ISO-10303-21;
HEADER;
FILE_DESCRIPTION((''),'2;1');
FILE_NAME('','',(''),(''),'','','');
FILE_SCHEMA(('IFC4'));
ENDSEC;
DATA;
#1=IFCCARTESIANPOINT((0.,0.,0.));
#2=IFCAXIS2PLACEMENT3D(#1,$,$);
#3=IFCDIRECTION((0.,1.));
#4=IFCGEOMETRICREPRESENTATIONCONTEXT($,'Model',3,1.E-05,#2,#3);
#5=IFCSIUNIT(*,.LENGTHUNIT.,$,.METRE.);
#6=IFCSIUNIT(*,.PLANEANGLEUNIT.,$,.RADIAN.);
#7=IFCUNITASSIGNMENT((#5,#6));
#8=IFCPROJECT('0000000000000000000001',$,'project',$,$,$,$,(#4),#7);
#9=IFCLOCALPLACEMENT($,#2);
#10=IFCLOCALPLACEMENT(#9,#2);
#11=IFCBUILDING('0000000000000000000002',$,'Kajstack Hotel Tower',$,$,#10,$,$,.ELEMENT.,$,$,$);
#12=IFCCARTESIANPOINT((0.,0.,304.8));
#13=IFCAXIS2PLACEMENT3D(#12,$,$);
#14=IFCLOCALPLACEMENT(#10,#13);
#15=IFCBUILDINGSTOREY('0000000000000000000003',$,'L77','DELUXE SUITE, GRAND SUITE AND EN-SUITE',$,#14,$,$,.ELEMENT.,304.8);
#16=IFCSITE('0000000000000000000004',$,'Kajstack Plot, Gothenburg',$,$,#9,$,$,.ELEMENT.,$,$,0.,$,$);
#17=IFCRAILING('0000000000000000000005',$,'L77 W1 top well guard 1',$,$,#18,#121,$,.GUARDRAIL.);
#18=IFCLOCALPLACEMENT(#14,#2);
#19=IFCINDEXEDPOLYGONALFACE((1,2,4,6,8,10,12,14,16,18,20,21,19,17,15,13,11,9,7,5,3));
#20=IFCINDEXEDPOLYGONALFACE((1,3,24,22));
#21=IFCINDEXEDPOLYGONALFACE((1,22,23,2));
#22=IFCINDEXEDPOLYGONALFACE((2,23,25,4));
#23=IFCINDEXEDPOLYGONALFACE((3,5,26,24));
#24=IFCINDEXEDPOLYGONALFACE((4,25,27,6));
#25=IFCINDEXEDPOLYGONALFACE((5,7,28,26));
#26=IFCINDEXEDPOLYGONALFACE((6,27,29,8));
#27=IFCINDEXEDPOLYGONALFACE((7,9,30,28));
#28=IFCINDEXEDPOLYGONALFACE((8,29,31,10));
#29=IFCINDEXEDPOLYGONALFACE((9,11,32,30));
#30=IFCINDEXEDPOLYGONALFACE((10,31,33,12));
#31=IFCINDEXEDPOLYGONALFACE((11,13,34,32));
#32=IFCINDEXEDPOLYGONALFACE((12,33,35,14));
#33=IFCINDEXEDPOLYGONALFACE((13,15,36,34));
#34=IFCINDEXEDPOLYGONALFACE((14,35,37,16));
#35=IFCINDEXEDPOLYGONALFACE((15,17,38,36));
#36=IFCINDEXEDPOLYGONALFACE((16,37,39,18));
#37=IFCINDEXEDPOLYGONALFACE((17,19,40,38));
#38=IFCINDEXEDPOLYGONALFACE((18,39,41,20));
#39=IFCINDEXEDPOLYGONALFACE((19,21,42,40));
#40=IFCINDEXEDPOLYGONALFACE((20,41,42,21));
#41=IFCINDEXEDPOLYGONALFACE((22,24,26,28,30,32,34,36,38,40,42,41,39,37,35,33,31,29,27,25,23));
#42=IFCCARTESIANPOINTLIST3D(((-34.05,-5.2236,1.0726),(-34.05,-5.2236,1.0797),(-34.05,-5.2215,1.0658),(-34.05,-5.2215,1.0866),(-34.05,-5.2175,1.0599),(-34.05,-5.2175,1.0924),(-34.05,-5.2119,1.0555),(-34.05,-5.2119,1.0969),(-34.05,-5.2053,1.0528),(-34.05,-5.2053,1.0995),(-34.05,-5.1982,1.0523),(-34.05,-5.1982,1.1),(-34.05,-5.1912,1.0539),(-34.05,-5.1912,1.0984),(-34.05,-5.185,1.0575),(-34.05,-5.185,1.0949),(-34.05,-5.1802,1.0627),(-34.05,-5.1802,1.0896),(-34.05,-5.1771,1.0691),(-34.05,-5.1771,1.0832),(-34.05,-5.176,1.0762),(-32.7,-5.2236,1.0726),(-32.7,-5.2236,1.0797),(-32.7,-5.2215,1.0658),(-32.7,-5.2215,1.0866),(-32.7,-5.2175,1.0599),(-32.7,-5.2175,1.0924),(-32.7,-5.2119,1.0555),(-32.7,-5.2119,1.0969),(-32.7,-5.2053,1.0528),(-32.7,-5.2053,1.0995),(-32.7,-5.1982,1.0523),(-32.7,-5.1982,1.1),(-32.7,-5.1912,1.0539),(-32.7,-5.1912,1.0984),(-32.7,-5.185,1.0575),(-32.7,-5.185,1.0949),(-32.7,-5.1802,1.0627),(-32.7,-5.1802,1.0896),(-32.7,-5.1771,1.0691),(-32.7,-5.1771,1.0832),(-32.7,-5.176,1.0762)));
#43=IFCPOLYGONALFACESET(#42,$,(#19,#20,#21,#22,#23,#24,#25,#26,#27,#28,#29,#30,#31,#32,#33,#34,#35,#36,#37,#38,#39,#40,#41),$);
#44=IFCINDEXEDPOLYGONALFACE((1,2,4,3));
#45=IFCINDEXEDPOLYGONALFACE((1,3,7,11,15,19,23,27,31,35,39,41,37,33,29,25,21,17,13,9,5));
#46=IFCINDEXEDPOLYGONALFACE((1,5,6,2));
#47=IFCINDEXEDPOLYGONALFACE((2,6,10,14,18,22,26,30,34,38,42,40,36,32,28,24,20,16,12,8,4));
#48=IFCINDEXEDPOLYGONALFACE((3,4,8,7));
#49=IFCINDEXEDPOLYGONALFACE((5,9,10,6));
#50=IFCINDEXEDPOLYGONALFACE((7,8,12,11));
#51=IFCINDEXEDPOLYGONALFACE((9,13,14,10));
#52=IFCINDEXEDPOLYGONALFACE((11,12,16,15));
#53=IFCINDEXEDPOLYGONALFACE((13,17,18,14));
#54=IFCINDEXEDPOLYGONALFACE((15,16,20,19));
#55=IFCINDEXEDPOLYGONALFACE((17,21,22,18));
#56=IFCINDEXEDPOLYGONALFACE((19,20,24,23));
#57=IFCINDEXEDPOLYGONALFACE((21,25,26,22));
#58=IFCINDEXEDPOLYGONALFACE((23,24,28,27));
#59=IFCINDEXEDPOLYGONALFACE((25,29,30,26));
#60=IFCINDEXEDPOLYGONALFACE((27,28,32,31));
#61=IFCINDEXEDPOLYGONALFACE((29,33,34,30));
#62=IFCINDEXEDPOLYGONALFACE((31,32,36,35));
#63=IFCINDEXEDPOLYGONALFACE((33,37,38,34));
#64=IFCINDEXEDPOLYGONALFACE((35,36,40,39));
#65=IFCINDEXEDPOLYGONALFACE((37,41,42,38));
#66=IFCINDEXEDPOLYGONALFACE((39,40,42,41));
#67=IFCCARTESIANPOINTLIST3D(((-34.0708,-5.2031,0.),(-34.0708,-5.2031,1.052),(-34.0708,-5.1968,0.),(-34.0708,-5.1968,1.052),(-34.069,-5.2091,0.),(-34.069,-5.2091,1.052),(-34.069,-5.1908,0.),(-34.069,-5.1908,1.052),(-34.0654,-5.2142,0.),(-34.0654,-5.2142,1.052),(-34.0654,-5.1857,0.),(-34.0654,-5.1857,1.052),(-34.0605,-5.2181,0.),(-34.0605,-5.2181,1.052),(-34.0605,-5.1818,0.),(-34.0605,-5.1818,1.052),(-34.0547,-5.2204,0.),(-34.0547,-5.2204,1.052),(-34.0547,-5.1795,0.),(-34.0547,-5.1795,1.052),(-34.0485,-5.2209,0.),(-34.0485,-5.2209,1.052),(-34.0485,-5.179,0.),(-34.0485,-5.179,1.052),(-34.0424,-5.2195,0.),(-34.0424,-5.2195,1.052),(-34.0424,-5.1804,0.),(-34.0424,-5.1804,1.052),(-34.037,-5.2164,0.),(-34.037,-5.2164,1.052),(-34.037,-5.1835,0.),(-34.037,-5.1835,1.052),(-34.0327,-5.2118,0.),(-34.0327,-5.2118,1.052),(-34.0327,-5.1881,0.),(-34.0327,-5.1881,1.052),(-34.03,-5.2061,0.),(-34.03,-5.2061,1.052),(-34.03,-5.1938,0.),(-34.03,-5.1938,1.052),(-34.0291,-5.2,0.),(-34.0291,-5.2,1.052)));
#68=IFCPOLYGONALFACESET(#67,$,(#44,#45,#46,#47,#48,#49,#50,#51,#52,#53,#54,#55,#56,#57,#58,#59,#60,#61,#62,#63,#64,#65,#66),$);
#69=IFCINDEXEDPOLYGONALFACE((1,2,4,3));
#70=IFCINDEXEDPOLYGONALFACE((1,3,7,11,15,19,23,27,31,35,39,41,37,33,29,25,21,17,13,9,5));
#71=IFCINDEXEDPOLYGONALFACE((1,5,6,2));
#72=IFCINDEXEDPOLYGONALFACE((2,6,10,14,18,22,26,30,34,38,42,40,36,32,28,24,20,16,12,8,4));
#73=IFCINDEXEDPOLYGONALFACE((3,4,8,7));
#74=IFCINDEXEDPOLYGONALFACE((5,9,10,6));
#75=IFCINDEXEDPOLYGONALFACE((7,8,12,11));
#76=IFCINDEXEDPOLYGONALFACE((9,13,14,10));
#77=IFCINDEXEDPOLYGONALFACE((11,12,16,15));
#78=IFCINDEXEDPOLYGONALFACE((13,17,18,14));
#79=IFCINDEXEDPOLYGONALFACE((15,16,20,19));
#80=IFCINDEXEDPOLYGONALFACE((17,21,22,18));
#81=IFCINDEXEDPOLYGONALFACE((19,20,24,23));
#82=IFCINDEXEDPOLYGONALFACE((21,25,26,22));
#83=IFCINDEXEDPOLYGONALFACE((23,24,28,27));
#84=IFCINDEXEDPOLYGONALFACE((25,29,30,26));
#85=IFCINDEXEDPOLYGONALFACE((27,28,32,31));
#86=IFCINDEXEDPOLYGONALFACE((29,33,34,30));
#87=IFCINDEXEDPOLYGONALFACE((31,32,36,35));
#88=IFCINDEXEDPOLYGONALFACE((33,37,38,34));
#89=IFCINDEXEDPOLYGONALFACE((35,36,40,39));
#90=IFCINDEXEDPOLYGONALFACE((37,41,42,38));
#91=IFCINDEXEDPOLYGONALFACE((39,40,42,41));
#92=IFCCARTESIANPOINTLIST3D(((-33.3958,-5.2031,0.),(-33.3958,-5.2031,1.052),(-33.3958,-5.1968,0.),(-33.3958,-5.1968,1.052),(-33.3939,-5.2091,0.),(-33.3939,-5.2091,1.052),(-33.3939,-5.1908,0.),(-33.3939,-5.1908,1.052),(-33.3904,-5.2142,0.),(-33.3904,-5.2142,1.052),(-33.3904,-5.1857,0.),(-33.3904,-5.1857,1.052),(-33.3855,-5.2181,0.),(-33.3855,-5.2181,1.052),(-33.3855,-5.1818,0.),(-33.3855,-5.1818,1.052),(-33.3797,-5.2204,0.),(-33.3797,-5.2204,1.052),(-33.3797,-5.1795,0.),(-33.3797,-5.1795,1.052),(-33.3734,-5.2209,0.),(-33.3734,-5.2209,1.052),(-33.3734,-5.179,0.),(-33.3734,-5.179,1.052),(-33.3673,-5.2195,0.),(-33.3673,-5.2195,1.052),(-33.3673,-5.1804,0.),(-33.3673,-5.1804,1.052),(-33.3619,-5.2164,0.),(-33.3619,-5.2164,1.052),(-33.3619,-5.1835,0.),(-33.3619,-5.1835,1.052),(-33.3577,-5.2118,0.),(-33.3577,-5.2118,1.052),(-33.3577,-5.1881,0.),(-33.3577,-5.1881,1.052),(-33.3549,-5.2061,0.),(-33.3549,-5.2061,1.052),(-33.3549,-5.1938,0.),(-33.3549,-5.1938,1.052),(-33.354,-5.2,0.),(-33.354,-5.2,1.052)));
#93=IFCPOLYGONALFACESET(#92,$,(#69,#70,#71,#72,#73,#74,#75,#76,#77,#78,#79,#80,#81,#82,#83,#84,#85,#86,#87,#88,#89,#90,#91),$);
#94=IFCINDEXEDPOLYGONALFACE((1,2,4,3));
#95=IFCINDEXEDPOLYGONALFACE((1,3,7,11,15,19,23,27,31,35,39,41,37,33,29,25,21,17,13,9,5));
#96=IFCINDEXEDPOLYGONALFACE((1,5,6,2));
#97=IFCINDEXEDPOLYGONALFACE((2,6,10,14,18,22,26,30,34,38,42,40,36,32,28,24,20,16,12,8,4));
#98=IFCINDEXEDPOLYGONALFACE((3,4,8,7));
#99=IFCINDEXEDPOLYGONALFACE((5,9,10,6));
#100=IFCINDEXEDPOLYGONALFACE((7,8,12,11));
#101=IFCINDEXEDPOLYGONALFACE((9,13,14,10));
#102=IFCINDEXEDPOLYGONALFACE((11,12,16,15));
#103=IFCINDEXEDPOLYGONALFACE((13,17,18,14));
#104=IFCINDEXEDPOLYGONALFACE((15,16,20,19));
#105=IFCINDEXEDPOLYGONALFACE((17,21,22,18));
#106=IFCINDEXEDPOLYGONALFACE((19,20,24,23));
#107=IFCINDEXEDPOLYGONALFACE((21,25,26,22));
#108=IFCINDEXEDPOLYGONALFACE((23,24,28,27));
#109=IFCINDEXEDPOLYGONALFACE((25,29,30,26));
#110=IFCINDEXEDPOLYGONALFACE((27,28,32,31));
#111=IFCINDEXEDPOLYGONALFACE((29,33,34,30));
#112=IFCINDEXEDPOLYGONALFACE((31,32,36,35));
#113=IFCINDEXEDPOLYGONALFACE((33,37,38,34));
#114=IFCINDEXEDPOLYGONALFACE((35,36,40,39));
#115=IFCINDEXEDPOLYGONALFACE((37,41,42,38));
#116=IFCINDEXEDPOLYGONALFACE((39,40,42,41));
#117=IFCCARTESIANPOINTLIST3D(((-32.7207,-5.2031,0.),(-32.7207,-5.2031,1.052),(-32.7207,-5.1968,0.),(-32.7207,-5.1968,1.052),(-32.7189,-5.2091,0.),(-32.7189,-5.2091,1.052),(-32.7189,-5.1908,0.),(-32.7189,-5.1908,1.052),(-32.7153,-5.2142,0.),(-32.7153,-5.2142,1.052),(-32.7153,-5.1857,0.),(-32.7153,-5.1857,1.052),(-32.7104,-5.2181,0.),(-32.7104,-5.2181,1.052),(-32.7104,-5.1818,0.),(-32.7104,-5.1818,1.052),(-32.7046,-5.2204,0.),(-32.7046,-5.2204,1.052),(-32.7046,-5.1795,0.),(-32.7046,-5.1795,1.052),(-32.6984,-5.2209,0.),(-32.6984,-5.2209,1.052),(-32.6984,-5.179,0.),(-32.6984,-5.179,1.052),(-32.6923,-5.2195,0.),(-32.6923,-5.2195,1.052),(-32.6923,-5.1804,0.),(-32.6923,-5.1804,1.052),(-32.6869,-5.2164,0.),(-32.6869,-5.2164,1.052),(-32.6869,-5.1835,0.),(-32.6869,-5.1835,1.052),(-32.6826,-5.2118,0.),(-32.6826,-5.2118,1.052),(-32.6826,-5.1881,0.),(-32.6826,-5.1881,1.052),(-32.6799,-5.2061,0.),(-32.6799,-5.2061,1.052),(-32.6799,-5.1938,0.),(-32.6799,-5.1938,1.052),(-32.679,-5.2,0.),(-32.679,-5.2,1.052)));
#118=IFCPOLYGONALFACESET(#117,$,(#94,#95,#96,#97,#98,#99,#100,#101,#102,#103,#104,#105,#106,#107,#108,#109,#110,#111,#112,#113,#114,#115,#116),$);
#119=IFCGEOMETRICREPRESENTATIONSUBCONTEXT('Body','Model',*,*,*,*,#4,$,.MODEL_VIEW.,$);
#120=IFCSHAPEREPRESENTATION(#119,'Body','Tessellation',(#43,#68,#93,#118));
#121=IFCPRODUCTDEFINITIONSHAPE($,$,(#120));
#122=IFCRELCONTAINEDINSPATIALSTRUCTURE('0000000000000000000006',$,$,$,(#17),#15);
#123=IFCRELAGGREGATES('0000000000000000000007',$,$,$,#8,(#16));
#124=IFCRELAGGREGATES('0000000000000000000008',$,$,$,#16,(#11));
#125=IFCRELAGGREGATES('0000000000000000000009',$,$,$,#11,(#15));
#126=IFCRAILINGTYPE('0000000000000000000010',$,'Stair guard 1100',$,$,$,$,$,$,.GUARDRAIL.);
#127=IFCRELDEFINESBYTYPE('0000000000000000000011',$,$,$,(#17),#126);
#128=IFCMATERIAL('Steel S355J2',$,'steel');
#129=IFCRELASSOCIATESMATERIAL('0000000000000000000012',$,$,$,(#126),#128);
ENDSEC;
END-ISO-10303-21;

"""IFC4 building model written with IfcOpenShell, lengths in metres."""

from ifc_helpers import new_model, si_unit, direction, frame, origin, origin_2d, place, context, subcontext, project, spatial, circle, extrude, material, type_object, element, save


model = new_model("IFC4")

# Units and contexts
model_context = context("Model", 3, precision=1e-05, world=origin(), true_north=direction((0.0, 1.0)))
body_context = subcontext(model_context, "Body", "Model", "MODEL_VIEW")
ifc_project = project(units=[si_unit("LENGTHUNIT", "METRE"), si_unit("PLANEANGLEUNIT", "RADIAN")], contexts=[model_context])

# Site, building, storey
site_placement = place(None, origin())
site = spatial("IfcSite", under=ifc_project, at=site_placement, Name="Kajstack Plot, Gothenburg", CompositionType="ELEMENT", RefElevation=0.0)
building_placement = place(site_placement, origin())
building = spatial("IfcBuilding", under=site, at=building_placement, Name="Kajstack Hotel Tower", CompositionType="ELEMENT")
storey_placement = place(building_placement, frame((0.0, 0.0, 304.8)))
storey = spatial("IfcBuildingStorey", under=building, at=storey_placement, Name="L77", Description="DELUXE SUITE, GRAND SUITE AND EN-SUITE", CompositionType="ELEMENT", Elevation=304.8)

# Railing
ifc_material_1 = material(Name="Steel S355J2", Category="steel")
railing_type = type_object("IfcRailingType", Name="Stair guard 1100", PredefinedType="GUARDRAIL", material=ifc_material_1)
railing_placement = place(storey_placement, frame((-34.05, -5.2, 0.0)))
element("IfcRailing", 1, at=railing_placement, inside=storey, type_object=railing_type, Name="L77 W1 top well guard 1", PredefinedType="GUARDRAIL", context=body_context, shape_type="SweptSolid", body=[
    extrude(circle(Radius=0.0239, at=origin_2d()), frame((0.0, 0.0, 1.0762), z_axis=(1.0, 0.0, 0.0), x_axis=(0.0, 1.0, 0.0)), (0.0, 0.0, 1.0), 1.3501),
    extrude(circle(Radius=0.021, at=origin_2d()), origin(), (0.0, 0.0, 1.0), 1.052),
    extrude(circle(Radius=0.021, at=origin_2d()), frame((0.675, 0.0, 0.0)), (0.0, 0.0, 1.0), 1.052),
    extrude(circle(Radius=0.021, at=origin_2d()), frame((1.3501, 0.0, 0.0)), (0.0, 0.0, 1.0), 1.052),
])

save(model, "model.ifc")
